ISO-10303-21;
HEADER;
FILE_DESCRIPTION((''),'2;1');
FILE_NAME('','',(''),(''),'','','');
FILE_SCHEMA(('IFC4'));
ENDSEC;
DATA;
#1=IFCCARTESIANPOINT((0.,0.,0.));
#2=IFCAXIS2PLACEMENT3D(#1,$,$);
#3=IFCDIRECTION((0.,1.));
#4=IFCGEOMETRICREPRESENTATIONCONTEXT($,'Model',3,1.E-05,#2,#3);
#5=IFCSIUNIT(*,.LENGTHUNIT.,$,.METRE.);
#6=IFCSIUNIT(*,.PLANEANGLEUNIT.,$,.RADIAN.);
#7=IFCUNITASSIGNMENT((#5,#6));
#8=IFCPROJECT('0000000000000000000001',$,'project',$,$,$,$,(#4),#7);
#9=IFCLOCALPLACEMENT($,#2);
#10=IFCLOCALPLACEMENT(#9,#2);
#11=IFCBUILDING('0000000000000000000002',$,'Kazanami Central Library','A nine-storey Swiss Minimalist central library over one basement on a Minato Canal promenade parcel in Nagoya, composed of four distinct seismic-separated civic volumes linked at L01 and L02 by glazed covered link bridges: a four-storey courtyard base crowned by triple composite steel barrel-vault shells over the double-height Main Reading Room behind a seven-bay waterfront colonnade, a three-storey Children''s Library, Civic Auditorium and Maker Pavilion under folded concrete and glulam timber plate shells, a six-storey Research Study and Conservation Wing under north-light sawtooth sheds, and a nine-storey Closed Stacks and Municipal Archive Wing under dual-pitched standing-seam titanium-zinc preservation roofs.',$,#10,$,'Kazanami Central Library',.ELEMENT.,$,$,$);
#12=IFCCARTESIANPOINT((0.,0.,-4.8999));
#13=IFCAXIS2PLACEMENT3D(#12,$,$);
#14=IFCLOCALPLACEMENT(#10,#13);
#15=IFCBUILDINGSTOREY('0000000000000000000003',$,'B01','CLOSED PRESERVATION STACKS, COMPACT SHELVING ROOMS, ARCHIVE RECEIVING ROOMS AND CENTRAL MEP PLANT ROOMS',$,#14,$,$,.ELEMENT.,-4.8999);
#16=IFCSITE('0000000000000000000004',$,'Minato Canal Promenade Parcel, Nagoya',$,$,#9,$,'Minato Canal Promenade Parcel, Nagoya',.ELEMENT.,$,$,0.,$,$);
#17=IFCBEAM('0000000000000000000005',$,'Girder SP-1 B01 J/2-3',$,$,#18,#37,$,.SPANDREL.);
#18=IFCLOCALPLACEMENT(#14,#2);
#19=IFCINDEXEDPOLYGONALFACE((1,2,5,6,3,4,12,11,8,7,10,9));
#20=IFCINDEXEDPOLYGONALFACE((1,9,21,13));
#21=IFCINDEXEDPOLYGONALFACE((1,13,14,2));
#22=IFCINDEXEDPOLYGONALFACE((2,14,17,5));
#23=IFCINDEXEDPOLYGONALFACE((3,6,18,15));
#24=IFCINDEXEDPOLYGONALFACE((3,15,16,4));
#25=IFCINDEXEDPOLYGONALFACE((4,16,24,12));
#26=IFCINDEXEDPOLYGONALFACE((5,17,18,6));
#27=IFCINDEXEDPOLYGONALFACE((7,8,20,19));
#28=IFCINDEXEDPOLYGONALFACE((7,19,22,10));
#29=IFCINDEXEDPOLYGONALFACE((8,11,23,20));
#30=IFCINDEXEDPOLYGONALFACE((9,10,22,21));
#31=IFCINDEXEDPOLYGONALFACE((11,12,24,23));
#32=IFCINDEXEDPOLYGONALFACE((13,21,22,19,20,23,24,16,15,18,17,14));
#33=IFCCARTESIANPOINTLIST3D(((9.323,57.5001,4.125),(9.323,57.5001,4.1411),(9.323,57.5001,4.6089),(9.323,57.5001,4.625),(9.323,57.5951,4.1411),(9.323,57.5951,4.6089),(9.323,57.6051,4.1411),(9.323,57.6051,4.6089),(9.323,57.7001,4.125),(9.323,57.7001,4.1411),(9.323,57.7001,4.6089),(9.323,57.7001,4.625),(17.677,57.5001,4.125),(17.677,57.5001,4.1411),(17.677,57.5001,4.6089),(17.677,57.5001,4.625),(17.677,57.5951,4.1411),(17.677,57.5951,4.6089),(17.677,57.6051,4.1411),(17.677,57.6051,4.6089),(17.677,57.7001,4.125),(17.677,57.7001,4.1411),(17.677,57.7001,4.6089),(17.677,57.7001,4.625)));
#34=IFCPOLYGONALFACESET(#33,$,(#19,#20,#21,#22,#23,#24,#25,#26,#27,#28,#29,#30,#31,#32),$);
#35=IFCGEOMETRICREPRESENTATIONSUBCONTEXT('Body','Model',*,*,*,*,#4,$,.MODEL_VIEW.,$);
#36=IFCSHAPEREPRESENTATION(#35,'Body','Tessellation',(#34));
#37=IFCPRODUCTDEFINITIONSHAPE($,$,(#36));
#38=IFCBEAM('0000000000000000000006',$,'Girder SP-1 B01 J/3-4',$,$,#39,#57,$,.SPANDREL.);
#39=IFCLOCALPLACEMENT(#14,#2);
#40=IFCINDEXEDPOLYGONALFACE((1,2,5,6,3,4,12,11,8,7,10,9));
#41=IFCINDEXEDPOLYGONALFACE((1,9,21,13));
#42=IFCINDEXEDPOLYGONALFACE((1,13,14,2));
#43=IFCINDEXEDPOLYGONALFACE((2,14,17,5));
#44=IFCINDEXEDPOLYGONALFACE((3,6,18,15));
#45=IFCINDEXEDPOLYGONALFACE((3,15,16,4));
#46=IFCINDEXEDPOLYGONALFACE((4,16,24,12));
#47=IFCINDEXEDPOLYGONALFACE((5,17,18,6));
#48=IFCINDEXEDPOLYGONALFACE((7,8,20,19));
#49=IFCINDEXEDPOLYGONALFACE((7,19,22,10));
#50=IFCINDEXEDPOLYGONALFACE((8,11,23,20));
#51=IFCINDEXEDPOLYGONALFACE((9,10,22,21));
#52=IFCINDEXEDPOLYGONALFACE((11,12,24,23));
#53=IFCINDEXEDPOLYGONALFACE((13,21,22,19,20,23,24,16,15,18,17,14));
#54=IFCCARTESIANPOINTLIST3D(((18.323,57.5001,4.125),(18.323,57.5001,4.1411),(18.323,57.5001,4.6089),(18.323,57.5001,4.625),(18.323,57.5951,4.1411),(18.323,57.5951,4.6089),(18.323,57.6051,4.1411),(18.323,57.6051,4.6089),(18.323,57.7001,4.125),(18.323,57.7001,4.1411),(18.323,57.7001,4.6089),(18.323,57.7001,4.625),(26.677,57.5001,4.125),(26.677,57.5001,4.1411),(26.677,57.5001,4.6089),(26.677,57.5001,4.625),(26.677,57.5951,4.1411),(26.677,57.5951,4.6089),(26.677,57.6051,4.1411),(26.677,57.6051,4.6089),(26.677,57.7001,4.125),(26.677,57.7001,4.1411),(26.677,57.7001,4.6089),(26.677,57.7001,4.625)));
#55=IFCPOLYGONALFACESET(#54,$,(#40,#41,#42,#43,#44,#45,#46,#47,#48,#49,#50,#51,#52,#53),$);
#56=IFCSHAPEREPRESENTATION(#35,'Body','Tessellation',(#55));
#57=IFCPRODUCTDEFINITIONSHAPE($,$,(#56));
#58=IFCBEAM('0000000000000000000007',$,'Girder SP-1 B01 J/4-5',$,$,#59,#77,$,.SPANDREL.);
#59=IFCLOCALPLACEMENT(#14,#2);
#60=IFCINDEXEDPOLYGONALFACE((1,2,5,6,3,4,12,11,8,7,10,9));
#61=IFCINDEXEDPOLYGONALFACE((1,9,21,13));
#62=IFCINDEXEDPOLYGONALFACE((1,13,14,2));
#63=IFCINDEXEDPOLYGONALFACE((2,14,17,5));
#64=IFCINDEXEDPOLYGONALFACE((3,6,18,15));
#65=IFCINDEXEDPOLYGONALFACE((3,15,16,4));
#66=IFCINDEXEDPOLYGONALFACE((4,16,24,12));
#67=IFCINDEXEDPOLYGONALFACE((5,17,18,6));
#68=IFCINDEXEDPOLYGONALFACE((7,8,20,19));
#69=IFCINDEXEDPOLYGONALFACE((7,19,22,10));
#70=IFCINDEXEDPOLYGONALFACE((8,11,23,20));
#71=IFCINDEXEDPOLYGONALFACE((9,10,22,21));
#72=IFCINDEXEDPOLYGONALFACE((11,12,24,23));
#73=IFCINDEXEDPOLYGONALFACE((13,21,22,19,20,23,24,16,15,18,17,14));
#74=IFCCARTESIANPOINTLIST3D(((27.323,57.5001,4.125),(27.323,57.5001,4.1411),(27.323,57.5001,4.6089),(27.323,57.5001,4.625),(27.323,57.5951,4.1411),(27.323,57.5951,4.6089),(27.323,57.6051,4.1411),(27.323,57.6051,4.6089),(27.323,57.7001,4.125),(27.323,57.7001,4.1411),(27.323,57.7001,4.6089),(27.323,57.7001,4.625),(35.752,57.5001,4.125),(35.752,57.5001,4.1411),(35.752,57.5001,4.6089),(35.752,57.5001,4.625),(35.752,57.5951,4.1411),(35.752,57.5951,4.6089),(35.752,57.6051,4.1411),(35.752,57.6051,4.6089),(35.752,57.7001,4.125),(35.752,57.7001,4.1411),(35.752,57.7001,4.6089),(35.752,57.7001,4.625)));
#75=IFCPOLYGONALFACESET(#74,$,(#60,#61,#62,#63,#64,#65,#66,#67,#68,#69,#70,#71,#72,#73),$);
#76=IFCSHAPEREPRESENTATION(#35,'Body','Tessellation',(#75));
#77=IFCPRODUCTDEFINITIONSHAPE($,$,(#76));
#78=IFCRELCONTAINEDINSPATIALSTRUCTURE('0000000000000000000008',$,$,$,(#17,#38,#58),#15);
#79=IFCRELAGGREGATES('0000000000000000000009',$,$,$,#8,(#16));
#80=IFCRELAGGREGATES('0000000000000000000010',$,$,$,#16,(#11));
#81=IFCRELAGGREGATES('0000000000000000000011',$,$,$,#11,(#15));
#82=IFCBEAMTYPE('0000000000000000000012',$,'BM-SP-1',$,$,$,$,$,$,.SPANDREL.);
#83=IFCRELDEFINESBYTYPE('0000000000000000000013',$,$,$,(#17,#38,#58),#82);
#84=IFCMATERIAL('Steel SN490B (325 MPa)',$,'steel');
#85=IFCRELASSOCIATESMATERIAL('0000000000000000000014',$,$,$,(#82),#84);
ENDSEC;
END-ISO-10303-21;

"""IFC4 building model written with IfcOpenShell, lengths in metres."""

from ifc_helpers import new_model, si_unit, direction, frame, origin, origin_2d, place, context, subcontext, project, spatial, i_section, extrude, material, material_profile, profile_set, type_object, element, save


model = new_model("IFC4")

# Units and contexts
model_context = context("Model", 3, precision=1e-05, world=origin(), true_north=direction((0.0, 1.0)))
body_context = subcontext(model_context, "Body", "Model", "MODEL_VIEW")
ifc_project = project(units=[si_unit("LENGTHUNIT", "METRE"), si_unit("PLANEANGLEUNIT", "RADIAN")], contexts=[model_context])

# Site, building, storey
site_placement = place(None, origin())
site = spatial("IfcSite", under=ifc_project, at=site_placement, Name="Minato Canal Promenade Parcel, Nagoya", LongName="Minato Canal Promenade Parcel, Nagoya", CompositionType="ELEMENT", RefElevation=0.0)
building_placement = place(site_placement, origin())
building = spatial("IfcBuilding", under=site, at=building_placement, Name="Kazanami Central Library", Description="A nine-storey Swiss Minimalist central library over one basement on a Minato Canal promenade parcel in Nagoya, composed of four distinct seismic-separated civic volumes linked at L01 and L02 by glazed covered link bridges: a four-storey courtyard base crowned by triple composite steel barrel-vault shells over the double-height Main Reading Room behind a seven-bay waterfront colonnade, a three-storey Children's Library, Civic Auditorium and Maker Pavilion under folded concrete and glulam timber plate shells, a six-storey Research Study and Conservation Wing under north-light sawtooth sheds, and a nine-storey Closed Stacks and Municipal Archive Wing under dual-pitched standing-seam titanium-zinc preservation roofs.", LongName="Kazanami Central Library", CompositionType="ELEMENT")
storey_placement = place(building_placement, frame((0.0, 0.0, -4.8999)))
storey = spatial("IfcBuildingStorey", under=building, at=storey_placement, Name="B01", Description="CLOSED PRESERVATION STACKS, COMPACT SHELVING ROOMS, ARCHIVE RECEIVING ROOMS AND CENTRAL MEP PLANT ROOMS", CompositionType="ELEMENT", Elevation=-4.8999)

# Beams
ifc_material_1 = material(Name="Steel SN490B (325 MPa)", Category="steel")
ifc_material_profile_1 = material_profile(ifc_material_1, i_section(OverallWidth=0.2, OverallDepth=0.5, WebThickness=0.01, FlangeThickness=0.0161, at=origin_2d()), Name="H-500x200x10x16")
ifc_profile_set_1 = profile_set([ifc_material_profile_1], Name="Steel SN490B (325 MPa)")
beam_type = type_object("IfcBeamType", Name="BM-SP-1", PredefinedType="SPANDREL", material=ifc_profile_set_1)
for number, where, z_axis, x_axis, name in (
    (1, (9.323, 57.6001, 4.375), (1.0, 0.0, 0.0), (0.0, 1.0, 0.0), "Girder SP-1 B01 J/2-3"),
    (2, (18.323, 57.6001, 4.375), (1.0, 0.0, 0.0), (0.0, 1.0, 0.0), "Girder SP-1 B01 J/3-4"),
):
    element("IfcBeam", number, at=place(storey_placement, frame(where, z_axis=z_axis, x_axis=x_axis)), inside=storey, type_object=beam_type, Name=name, PredefinedType="SPANDREL", context=body_context, shape_type="SweptSolid", body=[
        extrude(i_section(OverallWidth=0.2, OverallDepth=0.5, WebThickness=0.01, FlangeThickness=0.0161, at=origin_2d()), origin(), (0.0, 0.0, 1.0), 8.354),
    ])
beam_placement = place(storey_placement, frame((27.323, 57.6001, 4.375), z_axis=(1.0, 0.0, 0.0), x_axis=(0.0, 1.0, 0.0)))
element("IfcBeam", 3, at=beam_placement, inside=storey, type_object=beam_type, Name="Girder SP-1 B01 J/4-5", PredefinedType="SPANDREL", context=body_context, shape_type="SweptSolid", body=[
    extrude(i_section(OverallWidth=0.2, OverallDepth=0.5, WebThickness=0.01, FlangeThickness=0.0161, at=origin_2d()), origin(), (0.0, 0.0, 1.0), 8.429),
])

save(model, "model.ifc")
